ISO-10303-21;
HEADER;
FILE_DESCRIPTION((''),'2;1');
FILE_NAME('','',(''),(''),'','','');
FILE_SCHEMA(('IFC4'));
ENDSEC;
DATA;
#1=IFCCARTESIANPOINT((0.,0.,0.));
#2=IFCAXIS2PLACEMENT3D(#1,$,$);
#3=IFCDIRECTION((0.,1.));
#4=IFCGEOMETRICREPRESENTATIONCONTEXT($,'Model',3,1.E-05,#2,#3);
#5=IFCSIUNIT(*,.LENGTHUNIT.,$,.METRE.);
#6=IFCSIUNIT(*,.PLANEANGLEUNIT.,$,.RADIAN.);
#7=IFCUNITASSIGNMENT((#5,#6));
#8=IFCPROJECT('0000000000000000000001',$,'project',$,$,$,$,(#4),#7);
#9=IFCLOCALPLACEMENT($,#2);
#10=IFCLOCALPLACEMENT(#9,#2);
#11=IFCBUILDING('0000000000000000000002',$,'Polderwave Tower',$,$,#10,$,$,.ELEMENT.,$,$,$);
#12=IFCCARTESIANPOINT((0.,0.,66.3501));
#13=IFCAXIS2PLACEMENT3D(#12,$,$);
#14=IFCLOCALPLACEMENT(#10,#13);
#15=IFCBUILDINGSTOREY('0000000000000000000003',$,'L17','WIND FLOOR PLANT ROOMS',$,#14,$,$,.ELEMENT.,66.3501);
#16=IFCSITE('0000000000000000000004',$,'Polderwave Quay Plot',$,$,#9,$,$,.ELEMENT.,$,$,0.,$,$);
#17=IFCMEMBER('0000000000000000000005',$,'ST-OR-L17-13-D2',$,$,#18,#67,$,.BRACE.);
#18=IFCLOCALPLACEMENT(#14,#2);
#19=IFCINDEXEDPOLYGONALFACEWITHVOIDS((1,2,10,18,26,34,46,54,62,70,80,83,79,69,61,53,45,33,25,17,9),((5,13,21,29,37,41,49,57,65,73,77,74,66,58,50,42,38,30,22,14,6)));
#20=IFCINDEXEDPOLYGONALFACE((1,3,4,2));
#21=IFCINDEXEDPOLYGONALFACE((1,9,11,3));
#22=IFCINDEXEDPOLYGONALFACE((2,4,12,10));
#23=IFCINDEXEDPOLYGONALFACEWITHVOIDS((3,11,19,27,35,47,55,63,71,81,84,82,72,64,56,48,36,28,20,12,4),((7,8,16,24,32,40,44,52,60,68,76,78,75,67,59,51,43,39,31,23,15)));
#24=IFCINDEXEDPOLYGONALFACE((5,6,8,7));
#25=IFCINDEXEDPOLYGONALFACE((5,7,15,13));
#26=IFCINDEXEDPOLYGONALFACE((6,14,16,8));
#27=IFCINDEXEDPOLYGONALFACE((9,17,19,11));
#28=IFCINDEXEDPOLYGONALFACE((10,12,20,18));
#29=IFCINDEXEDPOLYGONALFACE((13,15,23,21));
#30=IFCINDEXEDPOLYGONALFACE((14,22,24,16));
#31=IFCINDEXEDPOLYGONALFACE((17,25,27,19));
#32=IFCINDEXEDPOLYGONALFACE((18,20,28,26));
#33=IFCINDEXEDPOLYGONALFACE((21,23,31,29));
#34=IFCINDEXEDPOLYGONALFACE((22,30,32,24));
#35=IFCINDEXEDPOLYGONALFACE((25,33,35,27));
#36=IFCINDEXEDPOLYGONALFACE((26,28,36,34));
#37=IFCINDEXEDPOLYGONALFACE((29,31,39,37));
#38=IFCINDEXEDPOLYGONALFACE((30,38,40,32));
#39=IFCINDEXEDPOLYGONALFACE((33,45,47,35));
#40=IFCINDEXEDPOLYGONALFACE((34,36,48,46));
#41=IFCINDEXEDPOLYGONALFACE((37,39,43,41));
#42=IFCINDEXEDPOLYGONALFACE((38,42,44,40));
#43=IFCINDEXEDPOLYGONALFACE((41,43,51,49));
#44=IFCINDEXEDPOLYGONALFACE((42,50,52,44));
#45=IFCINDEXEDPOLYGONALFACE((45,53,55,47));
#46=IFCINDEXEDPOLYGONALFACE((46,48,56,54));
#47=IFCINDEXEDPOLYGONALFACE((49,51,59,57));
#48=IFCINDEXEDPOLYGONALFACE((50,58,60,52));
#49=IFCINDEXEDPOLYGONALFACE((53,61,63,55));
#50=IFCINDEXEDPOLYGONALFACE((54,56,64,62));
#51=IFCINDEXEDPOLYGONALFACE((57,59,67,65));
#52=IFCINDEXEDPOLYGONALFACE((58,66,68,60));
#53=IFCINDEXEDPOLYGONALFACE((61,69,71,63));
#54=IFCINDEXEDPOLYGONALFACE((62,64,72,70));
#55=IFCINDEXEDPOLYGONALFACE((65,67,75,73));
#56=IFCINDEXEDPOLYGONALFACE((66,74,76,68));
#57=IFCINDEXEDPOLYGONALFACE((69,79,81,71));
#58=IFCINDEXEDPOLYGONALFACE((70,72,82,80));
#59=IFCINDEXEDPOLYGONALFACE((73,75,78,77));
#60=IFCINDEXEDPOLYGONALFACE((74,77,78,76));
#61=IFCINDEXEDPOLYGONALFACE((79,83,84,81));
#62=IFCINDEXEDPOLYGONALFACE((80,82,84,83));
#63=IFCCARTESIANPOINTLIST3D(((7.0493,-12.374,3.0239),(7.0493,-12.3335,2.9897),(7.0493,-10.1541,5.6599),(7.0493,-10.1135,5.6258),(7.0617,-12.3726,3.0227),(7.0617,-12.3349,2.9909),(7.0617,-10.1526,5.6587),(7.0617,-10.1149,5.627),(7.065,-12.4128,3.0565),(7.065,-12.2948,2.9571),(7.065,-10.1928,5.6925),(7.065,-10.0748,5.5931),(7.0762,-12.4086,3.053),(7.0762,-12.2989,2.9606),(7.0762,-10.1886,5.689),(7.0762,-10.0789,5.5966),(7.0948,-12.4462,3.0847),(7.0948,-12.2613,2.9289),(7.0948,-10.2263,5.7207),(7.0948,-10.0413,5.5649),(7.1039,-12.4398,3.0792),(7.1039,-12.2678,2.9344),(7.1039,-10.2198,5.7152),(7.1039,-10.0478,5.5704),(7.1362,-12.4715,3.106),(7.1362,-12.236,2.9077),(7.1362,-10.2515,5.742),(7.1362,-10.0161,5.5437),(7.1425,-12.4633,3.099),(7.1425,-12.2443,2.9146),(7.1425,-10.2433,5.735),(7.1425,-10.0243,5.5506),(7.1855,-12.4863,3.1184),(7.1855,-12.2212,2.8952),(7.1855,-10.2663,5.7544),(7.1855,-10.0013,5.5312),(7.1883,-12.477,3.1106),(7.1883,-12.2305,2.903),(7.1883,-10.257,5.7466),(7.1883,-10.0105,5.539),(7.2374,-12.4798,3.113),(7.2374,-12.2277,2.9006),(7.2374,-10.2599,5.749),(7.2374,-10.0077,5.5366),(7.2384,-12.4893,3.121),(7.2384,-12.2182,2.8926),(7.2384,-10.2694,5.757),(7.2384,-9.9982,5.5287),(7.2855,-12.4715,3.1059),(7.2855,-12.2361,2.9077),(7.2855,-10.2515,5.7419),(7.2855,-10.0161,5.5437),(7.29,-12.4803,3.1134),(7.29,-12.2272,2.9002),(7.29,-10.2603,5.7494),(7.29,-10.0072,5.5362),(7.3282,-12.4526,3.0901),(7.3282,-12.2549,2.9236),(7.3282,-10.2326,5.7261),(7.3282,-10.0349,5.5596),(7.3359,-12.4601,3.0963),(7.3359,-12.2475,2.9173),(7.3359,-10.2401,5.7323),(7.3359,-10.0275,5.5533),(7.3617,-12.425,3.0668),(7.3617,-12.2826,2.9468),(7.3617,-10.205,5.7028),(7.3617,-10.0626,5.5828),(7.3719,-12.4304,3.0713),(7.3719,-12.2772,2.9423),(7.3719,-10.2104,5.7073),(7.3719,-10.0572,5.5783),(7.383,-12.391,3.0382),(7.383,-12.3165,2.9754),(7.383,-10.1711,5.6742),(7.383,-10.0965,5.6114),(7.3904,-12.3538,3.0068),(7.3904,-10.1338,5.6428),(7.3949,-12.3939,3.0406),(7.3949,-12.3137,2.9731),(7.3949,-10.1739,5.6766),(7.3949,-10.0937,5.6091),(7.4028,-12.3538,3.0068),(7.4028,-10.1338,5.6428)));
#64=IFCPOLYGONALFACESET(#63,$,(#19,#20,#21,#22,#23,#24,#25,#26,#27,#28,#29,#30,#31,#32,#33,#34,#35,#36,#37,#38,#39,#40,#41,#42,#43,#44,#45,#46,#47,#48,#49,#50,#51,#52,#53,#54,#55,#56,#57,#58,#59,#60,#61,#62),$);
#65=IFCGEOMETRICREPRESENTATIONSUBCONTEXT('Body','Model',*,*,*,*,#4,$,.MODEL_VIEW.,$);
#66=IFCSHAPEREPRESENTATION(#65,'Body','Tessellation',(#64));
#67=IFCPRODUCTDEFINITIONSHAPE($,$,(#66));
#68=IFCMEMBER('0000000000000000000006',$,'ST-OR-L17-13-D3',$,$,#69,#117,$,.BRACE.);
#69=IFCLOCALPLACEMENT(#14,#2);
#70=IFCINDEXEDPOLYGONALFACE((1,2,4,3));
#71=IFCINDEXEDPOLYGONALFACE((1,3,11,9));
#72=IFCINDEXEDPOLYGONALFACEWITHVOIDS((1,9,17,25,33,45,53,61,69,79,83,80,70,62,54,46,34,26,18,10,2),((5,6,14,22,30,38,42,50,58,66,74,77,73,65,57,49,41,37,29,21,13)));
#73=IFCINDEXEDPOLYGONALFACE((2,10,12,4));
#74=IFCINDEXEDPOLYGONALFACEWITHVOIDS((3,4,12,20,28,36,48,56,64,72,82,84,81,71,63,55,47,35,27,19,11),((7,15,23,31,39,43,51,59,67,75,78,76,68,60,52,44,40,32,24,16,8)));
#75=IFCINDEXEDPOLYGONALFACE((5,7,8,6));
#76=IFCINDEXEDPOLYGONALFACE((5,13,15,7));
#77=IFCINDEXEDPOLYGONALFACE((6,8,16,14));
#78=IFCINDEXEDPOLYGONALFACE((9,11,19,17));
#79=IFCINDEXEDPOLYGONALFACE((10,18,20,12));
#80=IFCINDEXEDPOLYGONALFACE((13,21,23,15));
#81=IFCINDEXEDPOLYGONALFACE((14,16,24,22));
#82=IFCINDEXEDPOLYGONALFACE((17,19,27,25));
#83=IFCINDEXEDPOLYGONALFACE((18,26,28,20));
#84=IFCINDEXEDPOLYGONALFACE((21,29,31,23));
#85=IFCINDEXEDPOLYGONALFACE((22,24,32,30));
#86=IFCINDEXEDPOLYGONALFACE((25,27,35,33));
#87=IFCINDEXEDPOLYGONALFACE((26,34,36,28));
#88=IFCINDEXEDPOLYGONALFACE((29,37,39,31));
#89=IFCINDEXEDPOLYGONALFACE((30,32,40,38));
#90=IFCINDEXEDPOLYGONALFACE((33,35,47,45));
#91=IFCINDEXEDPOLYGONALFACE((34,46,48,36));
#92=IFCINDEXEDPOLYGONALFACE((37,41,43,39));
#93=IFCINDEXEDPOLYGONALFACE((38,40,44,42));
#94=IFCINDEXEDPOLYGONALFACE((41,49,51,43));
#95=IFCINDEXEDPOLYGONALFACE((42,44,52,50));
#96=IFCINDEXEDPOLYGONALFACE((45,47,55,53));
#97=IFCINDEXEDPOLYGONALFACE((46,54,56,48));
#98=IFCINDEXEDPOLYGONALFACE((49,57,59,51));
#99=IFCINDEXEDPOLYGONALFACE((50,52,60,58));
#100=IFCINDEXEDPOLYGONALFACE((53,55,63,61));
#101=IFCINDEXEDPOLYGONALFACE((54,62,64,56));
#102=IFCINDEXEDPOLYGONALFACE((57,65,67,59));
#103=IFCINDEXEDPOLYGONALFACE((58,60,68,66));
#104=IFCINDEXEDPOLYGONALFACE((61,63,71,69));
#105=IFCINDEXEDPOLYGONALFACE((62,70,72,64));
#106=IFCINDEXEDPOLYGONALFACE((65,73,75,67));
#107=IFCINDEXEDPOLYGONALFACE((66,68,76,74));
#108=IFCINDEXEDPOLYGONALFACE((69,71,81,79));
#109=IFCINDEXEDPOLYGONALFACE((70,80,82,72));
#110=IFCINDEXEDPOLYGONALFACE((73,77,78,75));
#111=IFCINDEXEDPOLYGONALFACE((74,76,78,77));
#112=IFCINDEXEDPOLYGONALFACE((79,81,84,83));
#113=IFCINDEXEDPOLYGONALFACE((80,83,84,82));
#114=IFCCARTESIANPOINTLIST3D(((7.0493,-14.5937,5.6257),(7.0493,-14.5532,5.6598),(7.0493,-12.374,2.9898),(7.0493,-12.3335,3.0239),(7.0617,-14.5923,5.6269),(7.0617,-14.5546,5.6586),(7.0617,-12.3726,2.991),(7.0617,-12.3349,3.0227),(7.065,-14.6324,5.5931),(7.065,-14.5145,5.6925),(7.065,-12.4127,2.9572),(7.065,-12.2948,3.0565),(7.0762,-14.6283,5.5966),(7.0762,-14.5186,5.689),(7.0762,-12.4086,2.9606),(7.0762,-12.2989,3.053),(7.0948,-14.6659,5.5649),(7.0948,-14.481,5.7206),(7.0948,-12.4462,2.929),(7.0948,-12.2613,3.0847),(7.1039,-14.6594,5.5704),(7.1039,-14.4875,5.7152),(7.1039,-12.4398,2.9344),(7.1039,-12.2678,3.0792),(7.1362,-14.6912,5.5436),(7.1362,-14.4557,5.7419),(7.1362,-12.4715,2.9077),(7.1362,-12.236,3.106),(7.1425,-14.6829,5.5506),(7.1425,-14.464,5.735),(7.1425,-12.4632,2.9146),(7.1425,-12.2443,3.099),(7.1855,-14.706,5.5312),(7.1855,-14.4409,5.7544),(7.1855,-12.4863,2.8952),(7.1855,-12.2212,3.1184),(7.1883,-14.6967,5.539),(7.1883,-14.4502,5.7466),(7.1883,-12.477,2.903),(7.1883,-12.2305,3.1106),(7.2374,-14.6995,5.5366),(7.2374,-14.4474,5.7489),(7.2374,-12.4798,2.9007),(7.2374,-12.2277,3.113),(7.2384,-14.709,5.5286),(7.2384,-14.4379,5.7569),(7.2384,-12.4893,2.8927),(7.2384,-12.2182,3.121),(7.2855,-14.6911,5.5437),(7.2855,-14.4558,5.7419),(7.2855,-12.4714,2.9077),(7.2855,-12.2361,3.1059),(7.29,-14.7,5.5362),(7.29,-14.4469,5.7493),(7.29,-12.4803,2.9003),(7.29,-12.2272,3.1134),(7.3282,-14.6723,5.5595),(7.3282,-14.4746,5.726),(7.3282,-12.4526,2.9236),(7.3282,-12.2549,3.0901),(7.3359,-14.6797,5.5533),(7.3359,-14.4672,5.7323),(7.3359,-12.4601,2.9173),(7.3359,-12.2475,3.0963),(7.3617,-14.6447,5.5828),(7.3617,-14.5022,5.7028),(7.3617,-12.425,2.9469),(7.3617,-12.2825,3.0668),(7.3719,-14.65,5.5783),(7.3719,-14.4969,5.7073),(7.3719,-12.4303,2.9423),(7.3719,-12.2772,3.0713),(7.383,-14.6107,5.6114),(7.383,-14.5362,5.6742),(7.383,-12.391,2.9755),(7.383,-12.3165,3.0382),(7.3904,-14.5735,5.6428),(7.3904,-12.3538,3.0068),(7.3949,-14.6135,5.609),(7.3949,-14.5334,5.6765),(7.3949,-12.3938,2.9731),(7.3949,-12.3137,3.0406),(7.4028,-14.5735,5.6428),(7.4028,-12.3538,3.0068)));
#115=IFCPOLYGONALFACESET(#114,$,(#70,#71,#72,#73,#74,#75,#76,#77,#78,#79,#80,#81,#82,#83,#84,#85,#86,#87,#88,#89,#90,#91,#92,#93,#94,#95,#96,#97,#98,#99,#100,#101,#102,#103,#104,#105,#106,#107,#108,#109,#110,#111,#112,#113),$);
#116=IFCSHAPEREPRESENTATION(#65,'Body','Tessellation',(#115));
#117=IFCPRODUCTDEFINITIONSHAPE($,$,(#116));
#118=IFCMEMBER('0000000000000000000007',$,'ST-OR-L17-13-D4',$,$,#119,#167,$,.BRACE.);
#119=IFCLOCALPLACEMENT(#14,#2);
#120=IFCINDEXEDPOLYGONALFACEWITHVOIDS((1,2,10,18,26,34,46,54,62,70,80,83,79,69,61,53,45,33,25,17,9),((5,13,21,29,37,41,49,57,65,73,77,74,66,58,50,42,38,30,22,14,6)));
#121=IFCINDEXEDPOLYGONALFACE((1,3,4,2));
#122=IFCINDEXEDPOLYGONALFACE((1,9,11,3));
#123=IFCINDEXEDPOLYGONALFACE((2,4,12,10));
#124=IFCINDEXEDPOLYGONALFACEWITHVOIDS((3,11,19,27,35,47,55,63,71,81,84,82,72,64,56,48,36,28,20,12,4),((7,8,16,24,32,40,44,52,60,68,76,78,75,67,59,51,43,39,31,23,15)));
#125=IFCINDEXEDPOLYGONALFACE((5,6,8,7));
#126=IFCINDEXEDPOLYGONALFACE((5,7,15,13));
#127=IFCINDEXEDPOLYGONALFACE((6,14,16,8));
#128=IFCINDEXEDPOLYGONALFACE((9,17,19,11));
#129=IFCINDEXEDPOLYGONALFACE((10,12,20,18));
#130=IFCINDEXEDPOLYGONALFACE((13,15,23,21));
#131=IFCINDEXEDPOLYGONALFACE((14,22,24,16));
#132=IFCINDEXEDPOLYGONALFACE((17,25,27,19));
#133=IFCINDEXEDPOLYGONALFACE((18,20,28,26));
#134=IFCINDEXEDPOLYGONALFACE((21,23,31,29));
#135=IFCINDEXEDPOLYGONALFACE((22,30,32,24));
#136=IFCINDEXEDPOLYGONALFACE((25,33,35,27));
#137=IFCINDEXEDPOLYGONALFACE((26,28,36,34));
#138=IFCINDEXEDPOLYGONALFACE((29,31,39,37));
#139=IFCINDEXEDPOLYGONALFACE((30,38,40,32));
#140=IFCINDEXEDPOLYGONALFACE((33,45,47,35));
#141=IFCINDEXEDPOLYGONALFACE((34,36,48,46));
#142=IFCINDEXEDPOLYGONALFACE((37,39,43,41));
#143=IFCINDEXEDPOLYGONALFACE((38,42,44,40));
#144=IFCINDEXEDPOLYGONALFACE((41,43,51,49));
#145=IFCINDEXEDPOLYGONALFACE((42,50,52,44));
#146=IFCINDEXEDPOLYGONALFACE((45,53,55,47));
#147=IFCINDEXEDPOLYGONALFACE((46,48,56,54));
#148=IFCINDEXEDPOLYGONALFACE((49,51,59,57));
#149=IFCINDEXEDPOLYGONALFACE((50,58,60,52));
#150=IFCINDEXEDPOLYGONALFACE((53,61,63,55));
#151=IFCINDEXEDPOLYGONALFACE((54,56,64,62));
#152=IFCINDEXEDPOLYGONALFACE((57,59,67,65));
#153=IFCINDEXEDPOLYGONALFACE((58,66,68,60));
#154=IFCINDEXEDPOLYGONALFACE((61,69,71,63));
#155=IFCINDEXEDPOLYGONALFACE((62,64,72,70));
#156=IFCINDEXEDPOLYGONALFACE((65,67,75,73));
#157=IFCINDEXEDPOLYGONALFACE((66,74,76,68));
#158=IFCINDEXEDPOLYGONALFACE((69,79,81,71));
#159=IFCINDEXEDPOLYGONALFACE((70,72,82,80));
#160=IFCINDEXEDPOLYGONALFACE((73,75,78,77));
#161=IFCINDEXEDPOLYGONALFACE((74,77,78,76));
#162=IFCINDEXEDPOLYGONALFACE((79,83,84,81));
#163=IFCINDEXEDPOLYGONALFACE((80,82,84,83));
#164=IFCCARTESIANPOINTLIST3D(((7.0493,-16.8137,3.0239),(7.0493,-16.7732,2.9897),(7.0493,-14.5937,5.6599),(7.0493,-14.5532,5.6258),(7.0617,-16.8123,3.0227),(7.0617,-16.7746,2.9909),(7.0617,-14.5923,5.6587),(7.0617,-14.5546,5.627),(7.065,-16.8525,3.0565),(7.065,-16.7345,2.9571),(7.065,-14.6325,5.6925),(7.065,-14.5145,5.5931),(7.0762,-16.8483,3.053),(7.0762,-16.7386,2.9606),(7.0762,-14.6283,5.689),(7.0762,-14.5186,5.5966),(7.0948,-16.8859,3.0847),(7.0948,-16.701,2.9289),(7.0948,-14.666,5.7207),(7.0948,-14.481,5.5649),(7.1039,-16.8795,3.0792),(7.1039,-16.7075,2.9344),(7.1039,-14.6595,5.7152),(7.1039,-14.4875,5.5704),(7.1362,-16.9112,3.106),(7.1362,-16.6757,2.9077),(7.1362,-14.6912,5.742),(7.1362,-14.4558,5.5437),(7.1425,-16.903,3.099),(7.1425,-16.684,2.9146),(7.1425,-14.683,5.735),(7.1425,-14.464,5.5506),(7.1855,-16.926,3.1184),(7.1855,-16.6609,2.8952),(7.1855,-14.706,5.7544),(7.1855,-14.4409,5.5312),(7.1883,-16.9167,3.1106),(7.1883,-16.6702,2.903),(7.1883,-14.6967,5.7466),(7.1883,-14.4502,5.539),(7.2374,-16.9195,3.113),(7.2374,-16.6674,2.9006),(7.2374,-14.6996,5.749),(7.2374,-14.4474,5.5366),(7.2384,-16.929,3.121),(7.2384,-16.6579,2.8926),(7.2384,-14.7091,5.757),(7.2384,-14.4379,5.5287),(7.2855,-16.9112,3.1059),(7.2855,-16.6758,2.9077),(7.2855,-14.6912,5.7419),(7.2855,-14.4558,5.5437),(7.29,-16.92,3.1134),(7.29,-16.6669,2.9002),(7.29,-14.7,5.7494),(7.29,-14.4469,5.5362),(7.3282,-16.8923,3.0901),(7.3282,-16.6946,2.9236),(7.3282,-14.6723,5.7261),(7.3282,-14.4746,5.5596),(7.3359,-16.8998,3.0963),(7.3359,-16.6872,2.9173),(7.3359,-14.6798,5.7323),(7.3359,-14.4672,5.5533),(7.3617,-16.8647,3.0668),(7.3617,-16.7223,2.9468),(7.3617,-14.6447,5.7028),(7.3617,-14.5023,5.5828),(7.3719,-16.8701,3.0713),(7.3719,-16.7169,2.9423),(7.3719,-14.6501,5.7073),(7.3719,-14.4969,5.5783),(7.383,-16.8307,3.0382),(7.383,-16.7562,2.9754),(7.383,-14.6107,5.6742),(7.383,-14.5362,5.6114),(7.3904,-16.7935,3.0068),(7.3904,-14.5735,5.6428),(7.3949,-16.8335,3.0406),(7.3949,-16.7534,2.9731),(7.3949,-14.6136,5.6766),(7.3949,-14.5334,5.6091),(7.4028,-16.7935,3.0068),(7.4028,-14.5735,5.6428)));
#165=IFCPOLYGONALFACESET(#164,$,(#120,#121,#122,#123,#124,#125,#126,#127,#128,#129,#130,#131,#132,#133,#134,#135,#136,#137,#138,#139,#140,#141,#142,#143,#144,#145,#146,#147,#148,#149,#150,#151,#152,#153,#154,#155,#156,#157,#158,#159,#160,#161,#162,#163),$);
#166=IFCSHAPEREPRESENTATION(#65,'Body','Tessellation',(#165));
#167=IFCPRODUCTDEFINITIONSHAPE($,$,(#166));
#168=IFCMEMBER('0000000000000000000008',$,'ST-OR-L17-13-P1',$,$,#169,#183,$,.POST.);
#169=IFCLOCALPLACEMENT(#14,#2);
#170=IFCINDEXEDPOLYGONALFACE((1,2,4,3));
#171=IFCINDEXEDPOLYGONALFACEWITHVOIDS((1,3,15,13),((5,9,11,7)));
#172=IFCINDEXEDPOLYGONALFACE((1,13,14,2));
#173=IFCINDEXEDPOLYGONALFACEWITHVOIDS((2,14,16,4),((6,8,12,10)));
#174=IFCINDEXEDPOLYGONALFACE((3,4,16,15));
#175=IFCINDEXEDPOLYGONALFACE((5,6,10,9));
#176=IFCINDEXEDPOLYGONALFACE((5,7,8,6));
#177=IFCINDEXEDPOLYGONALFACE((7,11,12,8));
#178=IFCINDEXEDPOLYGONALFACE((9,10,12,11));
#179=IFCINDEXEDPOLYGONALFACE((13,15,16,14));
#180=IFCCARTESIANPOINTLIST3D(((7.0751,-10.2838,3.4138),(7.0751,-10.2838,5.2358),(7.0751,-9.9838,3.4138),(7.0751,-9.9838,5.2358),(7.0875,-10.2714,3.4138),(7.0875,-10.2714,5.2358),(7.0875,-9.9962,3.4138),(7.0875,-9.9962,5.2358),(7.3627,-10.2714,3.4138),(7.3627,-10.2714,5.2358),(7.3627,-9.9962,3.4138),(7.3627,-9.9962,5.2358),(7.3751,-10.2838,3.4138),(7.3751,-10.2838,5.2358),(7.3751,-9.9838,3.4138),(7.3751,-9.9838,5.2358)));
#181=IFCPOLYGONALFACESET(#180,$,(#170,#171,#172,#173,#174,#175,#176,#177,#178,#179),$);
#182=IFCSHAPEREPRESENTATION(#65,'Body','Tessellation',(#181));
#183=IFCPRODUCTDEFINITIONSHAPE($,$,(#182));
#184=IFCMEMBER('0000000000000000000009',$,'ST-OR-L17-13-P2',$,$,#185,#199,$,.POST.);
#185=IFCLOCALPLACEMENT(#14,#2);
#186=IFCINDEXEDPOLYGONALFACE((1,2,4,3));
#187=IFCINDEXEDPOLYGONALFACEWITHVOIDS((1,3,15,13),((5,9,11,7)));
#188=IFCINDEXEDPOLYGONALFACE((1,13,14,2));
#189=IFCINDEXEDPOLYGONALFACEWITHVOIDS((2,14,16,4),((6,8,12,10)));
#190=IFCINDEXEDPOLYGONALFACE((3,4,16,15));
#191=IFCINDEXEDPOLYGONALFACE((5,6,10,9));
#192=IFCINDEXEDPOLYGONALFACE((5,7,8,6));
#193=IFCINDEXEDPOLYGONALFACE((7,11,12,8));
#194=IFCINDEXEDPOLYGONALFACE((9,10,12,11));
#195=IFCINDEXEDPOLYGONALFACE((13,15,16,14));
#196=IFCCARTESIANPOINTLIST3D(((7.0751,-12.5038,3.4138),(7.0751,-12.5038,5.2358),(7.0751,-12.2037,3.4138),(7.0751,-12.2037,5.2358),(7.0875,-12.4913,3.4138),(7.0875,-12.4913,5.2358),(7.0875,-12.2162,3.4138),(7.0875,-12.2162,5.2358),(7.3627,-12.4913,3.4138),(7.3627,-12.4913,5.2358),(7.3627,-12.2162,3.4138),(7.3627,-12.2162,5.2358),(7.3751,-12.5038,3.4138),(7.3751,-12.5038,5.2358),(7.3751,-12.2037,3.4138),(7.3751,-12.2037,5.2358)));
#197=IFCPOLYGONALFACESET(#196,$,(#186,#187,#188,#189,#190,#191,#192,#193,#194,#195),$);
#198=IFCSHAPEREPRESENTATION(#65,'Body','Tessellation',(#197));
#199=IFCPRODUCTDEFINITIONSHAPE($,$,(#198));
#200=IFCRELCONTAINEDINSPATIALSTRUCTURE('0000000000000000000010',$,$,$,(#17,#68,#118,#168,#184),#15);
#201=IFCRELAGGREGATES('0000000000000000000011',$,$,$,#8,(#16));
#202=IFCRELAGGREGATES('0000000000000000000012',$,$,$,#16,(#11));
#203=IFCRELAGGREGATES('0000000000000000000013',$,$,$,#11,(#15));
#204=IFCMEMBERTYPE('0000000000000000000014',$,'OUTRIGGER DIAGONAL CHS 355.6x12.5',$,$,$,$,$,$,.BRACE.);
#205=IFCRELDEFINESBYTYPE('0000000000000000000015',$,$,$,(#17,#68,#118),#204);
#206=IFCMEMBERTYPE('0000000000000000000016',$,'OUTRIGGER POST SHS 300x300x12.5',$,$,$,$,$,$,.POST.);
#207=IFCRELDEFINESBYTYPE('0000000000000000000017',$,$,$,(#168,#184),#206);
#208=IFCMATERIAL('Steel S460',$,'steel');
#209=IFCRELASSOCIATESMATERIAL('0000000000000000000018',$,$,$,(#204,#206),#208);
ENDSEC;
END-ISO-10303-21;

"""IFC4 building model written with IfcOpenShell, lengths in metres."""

from ifc_helpers import new_model, si_unit, direction, frame, origin, origin_2d, place, context, subcontext, project, spatial, hollow_rectangle, hollow_circle, extrude, material, material_profile, profile_set, type_object, element, save


model = new_model("IFC4")

# Units and contexts
model_context = context("Model", 3, precision=1e-05, world=origin(), true_north=direction((0.0, 1.0)))
body_context = subcontext(model_context, "Body", "Model", "MODEL_VIEW")
ifc_project = project(units=[si_unit("LENGTHUNIT", "METRE"), si_unit("PLANEANGLEUNIT", "RADIAN")], contexts=[model_context])

# Site, building, storey
site_placement = place(None, origin())
site = spatial("IfcSite", under=ifc_project, at=site_placement, Name="Polderwave Quay Plot", CompositionType="ELEMENT", RefElevation=0.0)
building_placement = place(site_placement, origin())
building = spatial("IfcBuilding", under=site, at=building_placement, Name="Polderwave Tower", CompositionType="ELEMENT")
storey_placement = place(building_placement, frame((0.0, 0.0, 66.3501)))
storey = spatial("IfcBuildingStorey", under=building, at=storey_placement, Name="L17", Description="WIND FLOOR PLANT ROOMS", CompositionType="ELEMENT", Elevation=66.3501)

# Members
ifc_material_1 = material(Name="Steel S460", Category="steel")
ifc_material_profile_1 = material_profile(ifc_material_1, hollow_circle(Radius=0.1777, WallThickness=0.0125, at=origin_2d()), Name="CHS 355.6x12.5")
ifc_profile_set_1 = profile_set([ifc_material_profile_1], Name="Steel S460")
member_type_1 = type_object("IfcMemberType", Name="OUTRIGGER DIAGONAL CHS 355.6x12.5", PredefinedType="BRACE", material=ifc_profile_set_1)
member_1_placement = place(storey_placement, frame((7.2251, -10.1338, 5.6428), z_axis=(0.0, -0.644168, -0.764884), x_axis=(1.0, 0.0, 0.0)))
element("IfcMember", 1, at=member_1_placement, inside=storey, type_object=member_type_1, Name="ST-OR-L17-13-D2", PredefinedType="BRACE", context=body_context, shape_type="SweptSolid", body=[
    extrude(hollow_circle(Radius=0.1777, WallThickness=0.0125, at=origin_2d()), origin(), (0.0, 0.0, 1.0), 3.4463),
])
member_2_placement = place(storey_placement, frame((7.2251, -12.3538, 3.0068), z_axis=(0.0, -0.644127, 0.764919), x_axis=(1.0, 0.0, 0.0)))
element("IfcMember", 2, at=member_2_placement, inside=storey, type_object=member_type_1, Name="ST-OR-L17-13-D3", PredefinedType="BRACE", context=body_context, shape_type="SweptSolid", body=[
    extrude(hollow_circle(Radius=0.1777, WallThickness=0.0125, at=origin_2d()), origin(), (0.0, 0.0, 1.0), 3.446),
])
member_3_placement = place(storey_placement, frame((7.2251, -14.5735, 5.6428), z_axis=(0.0, -0.644168, -0.764884), x_axis=(1.0, 0.0, 0.0)))
element("IfcMember", 3, at=member_3_placement, inside=storey, type_object=member_type_1, Name="ST-OR-L17-13-D4", PredefinedType="BRACE", context=body_context, shape_type="SweptSolid", body=[
    extrude(hollow_circle(Radius=0.1777, WallThickness=0.0125, at=origin_2d()), origin(), (0.0, 0.0, 1.0), 3.4463),
])
ifc_material_profile_2 = material_profile(ifc_material_1, hollow_rectangle(XDim=0.3, YDim=0.3, WallThickness=0.0125, at=origin_2d()), Name="SHS 300x300x12.5")
ifc_profile_set_2 = profile_set([ifc_material_profile_2], Name="Steel S460")
member_type_2 = type_object("IfcMemberType", Name="OUTRIGGER POST SHS 300x300x12.5", PredefinedType="POST", material=ifc_profile_set_2)
for number, where, z_axis, x_axis, name in (
    (4, (7.2251, -10.1338, 3.4138), (0.0, 0.0, 1.0), (1.0, 0.0, 0.0), "ST-OR-L17-13-P1"),
    (5, (7.2251, -12.3538, 3.4138), (0.0, 0.0, 1.0), (1.0, 0.0, 0.0), "ST-OR-L17-13-P2"),
):
    element("IfcMember", number, at=place(storey_placement, frame(where, z_axis=z_axis, x_axis=x_axis)), inside=storey, type_object=member_type_2, Name=name, PredefinedType="POST", context=body_context, shape_type="SweptSolid", body=[
        extrude(hollow_rectangle(XDim=0.3, YDim=0.3, WallThickness=0.0125, at=origin_2d()), origin(), (0.0, 0.0, 1.0), 1.822),
    ])

save(model, "model.ifc")
